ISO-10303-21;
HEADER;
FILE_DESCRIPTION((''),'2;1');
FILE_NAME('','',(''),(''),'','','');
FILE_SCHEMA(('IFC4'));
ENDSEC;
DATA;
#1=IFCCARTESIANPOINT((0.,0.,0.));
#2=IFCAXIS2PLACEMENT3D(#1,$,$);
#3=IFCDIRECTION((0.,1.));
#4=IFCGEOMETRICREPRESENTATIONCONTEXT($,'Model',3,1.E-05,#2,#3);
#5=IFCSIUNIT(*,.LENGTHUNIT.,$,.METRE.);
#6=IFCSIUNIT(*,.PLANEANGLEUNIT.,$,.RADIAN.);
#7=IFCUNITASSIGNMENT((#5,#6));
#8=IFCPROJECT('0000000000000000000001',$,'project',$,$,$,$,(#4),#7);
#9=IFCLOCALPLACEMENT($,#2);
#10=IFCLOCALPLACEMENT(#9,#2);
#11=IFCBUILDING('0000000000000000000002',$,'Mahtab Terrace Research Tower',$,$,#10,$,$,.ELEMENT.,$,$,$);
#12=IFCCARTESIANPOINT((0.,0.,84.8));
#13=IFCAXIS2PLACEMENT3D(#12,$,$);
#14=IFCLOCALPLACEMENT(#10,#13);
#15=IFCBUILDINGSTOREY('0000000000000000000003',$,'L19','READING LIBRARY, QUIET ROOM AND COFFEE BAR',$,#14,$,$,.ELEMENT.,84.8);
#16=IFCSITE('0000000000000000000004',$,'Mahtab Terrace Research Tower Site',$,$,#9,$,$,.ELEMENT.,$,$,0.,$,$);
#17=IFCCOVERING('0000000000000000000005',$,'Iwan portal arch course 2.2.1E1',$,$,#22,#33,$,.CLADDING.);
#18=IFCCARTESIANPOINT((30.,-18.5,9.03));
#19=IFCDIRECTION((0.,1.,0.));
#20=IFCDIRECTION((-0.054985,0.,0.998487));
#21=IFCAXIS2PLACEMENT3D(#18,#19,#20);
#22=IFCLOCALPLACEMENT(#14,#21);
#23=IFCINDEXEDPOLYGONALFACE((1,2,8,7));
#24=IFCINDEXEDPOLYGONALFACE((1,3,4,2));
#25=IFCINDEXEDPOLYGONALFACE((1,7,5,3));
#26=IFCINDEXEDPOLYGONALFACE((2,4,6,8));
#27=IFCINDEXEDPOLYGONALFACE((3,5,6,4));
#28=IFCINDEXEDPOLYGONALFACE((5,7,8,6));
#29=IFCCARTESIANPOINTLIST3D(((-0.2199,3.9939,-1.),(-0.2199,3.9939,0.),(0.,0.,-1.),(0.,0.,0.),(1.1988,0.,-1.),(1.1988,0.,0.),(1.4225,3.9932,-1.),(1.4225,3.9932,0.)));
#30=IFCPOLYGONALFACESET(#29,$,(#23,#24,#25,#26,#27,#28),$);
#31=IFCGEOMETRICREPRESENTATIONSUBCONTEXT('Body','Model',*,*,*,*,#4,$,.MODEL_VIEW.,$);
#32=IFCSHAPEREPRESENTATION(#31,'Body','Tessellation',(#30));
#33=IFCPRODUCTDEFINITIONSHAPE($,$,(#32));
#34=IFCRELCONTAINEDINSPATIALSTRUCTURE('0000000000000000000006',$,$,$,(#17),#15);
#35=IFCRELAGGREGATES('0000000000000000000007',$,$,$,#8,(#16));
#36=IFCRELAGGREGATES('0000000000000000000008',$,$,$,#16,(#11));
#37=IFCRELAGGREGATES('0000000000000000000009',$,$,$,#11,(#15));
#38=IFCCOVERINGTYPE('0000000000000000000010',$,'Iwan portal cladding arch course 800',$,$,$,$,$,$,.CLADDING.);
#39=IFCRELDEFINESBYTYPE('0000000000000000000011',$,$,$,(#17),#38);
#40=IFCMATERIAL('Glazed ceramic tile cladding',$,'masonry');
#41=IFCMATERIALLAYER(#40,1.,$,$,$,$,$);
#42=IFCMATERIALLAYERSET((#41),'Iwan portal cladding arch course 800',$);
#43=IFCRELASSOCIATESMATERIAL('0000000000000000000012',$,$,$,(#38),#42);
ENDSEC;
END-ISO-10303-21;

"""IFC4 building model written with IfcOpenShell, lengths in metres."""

from ifc_helpers import new_model, si_unit, direction, frame, origin, place, context, subcontext, project, spatial, polyline, outline, extrude, material, layer, layer_set, type_object, element, save


model = new_model("IFC4")

# Units and contexts
model_context = context("Model", 3, precision=1e-05, world=origin(), true_north=direction((0.0, 1.0)))
body_context = subcontext(model_context, "Body", "Model", "MODEL_VIEW")
ifc_project = project(units=[si_unit("LENGTHUNIT", "METRE"), si_unit("PLANEANGLEUNIT", "RADIAN")], contexts=[model_context])

# Site, building, storey
site_placement = place(None, origin())
site = spatial("IfcSite", under=ifc_project, at=site_placement, Name="Mahtab Terrace Research Tower Site", CompositionType="ELEMENT", RefElevation=0.0)
building_placement = place(site_placement, origin())
building = spatial("IfcBuilding", under=site, at=building_placement, Name="Mahtab Terrace Research Tower", CompositionType="ELEMENT")
storey_placement = place(building_placement, frame((0.0, 0.0, 84.8)))
storey = spatial("IfcBuildingStorey", under=building, at=storey_placement, Name="L19", Description="READING LIBRARY, QUIET ROOM AND COFFEE BAR", CompositionType="ELEMENT", Elevation=84.8)

# Covering
ifc_material_1 = material(Name="Glazed ceramic tile cladding", Category="masonry")
ifc_layer_1 = layer(ifc_material_1, 1.0)
ifc_layer_set_1 = layer_set([ifc_layer_1], Name="Iwan portal cladding arch course 800")
covering_type_1 = type_object("IfcCoveringType", Name="Iwan portal cladding arch course 800", PredefinedType="CLADDING", material=ifc_layer_set_1)
covering_1_placement = place(storey_placement, frame((30.0, -18.5, 9.03), z_axis=(0.0, 1.0, 0.0), x_axis=(-0.054985, 0.0, 0.998487)))
element("IfcCovering", 1, at=covering_1_placement, inside=storey, type_object=covering_type_1, Name="Iwan portal arch course 2.2.1E1", PredefinedType="CLADDING", context=body_context, shape_type="SweptSolid", body=[
    extrude(outline(polyline([(0.0, 0.0), (1.1988, 0.0), (1.4225, 3.9932), (-0.2199, 3.9939), (0.0, 0.0)])), origin(), (0.0, 0.0, -1.0), 1.0),
])

save(model, "model.ifc")
